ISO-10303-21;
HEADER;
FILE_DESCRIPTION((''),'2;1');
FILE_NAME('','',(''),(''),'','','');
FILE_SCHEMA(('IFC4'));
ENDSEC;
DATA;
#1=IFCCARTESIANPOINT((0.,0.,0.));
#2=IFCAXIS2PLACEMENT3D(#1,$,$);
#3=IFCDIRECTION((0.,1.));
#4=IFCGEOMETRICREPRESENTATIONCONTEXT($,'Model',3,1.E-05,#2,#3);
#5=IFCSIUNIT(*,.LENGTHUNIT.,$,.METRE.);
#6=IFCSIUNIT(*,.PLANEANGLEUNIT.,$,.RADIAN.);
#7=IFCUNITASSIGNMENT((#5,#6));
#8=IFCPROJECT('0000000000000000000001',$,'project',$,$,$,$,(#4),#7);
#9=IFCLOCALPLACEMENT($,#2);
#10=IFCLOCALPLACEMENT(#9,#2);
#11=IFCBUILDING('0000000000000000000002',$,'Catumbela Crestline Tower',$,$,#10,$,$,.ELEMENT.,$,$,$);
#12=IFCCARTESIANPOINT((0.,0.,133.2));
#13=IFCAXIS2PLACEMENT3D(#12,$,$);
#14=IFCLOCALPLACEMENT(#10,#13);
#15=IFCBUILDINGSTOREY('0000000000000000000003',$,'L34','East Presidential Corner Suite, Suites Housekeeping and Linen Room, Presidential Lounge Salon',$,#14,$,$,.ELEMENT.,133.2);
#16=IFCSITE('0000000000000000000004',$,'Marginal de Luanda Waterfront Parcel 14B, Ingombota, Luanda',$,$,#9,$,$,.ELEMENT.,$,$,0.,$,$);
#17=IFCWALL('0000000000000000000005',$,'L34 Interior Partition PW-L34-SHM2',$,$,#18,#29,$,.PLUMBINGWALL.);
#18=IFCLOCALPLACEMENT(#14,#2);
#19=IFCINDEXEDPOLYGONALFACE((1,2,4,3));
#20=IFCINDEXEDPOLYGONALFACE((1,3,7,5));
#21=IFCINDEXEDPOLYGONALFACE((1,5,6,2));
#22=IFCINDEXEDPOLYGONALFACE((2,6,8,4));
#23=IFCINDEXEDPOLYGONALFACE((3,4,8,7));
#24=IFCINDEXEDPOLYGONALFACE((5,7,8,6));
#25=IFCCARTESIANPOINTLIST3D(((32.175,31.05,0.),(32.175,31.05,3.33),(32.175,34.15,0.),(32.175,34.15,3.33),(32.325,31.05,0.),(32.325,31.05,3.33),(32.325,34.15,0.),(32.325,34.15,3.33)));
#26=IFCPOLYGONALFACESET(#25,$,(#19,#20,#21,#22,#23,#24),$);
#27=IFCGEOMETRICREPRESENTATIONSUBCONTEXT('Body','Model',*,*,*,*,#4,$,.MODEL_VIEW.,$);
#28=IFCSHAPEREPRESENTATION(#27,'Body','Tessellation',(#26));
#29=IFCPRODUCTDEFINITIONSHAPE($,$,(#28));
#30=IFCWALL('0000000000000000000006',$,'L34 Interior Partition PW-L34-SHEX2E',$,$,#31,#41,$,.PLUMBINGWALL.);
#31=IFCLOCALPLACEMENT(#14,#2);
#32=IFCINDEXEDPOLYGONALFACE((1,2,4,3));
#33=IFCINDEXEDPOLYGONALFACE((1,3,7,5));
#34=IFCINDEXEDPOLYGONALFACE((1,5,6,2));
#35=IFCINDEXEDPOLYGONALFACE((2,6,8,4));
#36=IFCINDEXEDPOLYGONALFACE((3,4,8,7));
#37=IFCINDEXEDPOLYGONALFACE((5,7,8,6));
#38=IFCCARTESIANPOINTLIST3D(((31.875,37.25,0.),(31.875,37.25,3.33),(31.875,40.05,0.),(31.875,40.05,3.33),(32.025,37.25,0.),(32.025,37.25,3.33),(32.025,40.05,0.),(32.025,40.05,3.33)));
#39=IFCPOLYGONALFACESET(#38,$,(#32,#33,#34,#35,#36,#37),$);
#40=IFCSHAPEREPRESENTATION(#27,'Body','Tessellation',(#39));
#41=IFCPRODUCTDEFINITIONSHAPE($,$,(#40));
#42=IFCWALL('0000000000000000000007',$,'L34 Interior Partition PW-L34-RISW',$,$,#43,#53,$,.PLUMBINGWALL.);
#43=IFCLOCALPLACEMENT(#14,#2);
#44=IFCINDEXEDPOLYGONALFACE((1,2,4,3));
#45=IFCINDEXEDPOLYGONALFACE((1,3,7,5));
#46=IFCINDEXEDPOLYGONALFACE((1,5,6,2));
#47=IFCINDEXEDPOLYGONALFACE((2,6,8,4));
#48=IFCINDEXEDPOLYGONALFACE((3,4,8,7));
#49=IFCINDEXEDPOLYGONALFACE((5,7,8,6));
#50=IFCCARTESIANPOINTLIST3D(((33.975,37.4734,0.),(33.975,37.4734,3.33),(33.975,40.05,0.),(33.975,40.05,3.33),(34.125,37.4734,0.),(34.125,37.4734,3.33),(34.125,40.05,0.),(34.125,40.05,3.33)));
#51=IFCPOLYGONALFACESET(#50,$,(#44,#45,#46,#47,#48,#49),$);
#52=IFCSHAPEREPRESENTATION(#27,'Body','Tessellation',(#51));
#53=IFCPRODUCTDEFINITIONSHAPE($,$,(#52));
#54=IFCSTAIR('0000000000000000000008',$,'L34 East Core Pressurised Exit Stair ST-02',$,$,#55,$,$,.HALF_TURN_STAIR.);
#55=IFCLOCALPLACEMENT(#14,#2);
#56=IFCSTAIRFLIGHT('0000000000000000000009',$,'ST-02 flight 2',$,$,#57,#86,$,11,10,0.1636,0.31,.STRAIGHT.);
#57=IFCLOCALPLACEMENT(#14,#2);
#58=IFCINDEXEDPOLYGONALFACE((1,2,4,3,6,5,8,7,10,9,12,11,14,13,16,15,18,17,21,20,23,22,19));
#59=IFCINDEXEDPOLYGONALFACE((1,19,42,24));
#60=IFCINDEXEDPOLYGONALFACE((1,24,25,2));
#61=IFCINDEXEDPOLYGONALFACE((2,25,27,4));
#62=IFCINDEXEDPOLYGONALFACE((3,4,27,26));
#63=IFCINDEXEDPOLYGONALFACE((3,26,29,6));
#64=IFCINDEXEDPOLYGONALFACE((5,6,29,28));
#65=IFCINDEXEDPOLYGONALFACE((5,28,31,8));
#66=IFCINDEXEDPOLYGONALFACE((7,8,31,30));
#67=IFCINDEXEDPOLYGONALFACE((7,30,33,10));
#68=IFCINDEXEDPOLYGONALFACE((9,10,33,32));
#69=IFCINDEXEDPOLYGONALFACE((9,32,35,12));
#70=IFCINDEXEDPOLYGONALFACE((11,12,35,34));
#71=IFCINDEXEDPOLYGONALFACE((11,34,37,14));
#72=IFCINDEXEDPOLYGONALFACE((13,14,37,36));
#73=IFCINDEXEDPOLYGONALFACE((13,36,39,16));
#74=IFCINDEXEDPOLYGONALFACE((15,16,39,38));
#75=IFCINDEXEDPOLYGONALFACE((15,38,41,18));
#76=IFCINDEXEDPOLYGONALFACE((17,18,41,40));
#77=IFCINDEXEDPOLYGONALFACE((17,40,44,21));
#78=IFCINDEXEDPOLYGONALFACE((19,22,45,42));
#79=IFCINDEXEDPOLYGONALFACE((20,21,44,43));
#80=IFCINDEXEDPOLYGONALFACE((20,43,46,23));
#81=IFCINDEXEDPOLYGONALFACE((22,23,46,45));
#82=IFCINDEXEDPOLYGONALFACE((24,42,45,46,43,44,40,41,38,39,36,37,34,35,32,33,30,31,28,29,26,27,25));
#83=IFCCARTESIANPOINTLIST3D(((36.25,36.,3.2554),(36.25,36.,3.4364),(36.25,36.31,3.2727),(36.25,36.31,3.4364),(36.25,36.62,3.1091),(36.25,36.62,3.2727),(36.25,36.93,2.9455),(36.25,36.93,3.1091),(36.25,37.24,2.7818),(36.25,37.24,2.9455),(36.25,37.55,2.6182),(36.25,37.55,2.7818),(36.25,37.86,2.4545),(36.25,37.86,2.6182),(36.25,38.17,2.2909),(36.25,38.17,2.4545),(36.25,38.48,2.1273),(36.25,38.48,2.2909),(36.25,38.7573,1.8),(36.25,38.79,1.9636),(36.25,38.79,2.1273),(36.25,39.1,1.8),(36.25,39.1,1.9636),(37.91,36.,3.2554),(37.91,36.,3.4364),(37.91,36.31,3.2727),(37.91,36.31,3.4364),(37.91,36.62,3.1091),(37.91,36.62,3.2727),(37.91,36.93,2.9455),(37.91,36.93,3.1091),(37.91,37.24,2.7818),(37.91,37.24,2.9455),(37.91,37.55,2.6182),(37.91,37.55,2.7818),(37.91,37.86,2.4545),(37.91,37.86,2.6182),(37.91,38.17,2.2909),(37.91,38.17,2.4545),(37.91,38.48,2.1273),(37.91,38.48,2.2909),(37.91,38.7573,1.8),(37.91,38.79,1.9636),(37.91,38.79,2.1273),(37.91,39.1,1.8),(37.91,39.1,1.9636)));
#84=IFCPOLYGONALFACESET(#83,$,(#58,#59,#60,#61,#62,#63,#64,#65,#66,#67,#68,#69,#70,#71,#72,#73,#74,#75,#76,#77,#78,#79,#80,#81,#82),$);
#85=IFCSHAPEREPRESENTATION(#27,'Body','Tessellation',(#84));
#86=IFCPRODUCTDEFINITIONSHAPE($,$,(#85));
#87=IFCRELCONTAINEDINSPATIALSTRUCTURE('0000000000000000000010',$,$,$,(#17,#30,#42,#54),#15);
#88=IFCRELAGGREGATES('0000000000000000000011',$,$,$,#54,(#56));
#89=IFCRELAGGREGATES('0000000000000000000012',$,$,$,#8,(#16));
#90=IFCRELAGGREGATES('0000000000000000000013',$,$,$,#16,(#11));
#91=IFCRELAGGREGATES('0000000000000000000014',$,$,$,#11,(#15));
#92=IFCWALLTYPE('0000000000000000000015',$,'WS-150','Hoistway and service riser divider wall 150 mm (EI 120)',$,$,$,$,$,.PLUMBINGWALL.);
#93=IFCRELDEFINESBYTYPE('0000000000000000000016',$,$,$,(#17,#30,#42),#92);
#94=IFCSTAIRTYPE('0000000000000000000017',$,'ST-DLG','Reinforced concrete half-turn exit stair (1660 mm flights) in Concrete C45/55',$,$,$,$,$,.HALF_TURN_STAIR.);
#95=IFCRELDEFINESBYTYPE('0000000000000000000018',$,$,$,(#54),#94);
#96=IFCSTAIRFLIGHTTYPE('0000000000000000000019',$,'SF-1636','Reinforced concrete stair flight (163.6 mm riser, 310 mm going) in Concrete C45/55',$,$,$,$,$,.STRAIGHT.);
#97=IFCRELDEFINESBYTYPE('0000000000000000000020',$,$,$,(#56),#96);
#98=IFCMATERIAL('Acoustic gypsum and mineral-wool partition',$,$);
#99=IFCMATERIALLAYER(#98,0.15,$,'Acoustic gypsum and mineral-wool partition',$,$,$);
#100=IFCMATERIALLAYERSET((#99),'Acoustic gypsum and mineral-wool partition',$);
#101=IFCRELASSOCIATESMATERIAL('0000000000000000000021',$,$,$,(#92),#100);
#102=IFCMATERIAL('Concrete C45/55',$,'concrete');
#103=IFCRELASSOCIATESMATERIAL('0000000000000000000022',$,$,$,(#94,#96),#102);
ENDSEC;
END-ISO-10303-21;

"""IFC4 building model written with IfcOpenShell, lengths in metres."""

from ifc_helpers import new_model, si_unit, direction, frame, frame_2d, origin, place, context, subcontext, project, spatial, polyline, rectangle, outline, extrude, material, layer, layer_set, type_object, element, aggregate, save


model = new_model("IFC4")

# Units and contexts
model_context = context("Model", 3, precision=1e-05, world=origin(), true_north=direction((0.0, 1.0)))
body_context = subcontext(model_context, "Body", "Model", "MODEL_VIEW")
ifc_project = project(units=[si_unit("LENGTHUNIT", "METRE"), si_unit("PLANEANGLEUNIT", "RADIAN")], contexts=[model_context])

# Site, building, storey
site_placement = place(None, origin())
site = spatial("IfcSite", under=ifc_project, at=site_placement, Name="Marginal de Luanda Waterfront Parcel 14B, Ingombota, Luanda", CompositionType="ELEMENT", RefElevation=0.0)
building_placement = place(site_placement, origin())
building = spatial("IfcBuilding", under=site, at=building_placement, Name="Catumbela Crestline Tower", CompositionType="ELEMENT")
storey_placement = place(building_placement, frame((0.0, 0.0, 133.2)))
storey = spatial("IfcBuildingStorey", under=building, at=storey_placement, Name="L34", Description="East Presidential Corner Suite, Suites Housekeeping and Linen Room, Presidential Lounge Salon", CompositionType="ELEMENT", Elevation=133.2)

# Shared definitions
ifc_material_1 = material(Name="Acoustic gypsum and mineral-wool partition")

# Walls
ifc_layer_1 = layer(ifc_material_1, 0.15, Name="Acoustic gypsum and mineral-wool partition")
ifc_layer_set_1 = layer_set([ifc_layer_1], Name="Acoustic gypsum and mineral-wool partition")
wall_type_1 = type_object("IfcWallType", Name="WS-150", Description="Hoistway and service riser divider wall 150 mm (EI 120)", PredefinedType="PLUMBINGWALL", material=ifc_layer_set_1)
wall_1_placement = place(storey_placement, frame((32.25, 31.05, 0.0), z_axis=(0.0, 0.0, 1.0), x_axis=(0.0, 1.0, 0.0)))
element("IfcWall", 1, at=wall_1_placement, inside=storey, type_object=wall_type_1, Name="L34 Interior Partition PW-L34-SHM2", PredefinedType="PLUMBINGWALL", context=body_context, shape_type="SweptSolid", body=[
    extrude(rectangle(XDim=3.1, YDim=0.15, at=frame_2d((1.55, 0.0))), origin(), (0.0, 0.0, 1.0), 3.33),
])
wall_2_placement = place(storey_placement, frame((31.95, 37.25, 0.0), z_axis=(0.0, 0.0, 1.0), x_axis=(0.0, 1.0, 0.0)))
element("IfcWall", 2, at=wall_2_placement, inside=storey, type_object=wall_type_1, Name="L34 Interior Partition PW-L34-SHEX2E", PredefinedType="PLUMBINGWALL", context=body_context, shape_type="SweptSolid", body=[
    extrude(rectangle(XDim=2.8, YDim=0.15, at=frame_2d((1.4, 0.0))), origin(), (0.0, 0.0, 1.0), 3.33),
])
wall_3_placement = place(storey_placement, frame((34.05, 37.4734, 0.0), z_axis=(0.0, 0.0, 1.0), x_axis=(0.0, 1.0, 0.0)))
element("IfcWall", 3, at=wall_3_placement, inside=storey, type_object=wall_type_1, Name="L34 Interior Partition PW-L34-RISW", PredefinedType="PLUMBINGWALL", context=body_context, shape_type="SweptSolid", body=[
    extrude(rectangle(XDim=2.5766, YDim=0.15, at=frame_2d((1.2883, 0.0))), origin(), (0.0, 0.0, 1.0), 3.33),
])

# Stair, stair flight
ifc_material_2 = material(Name="Concrete C45/55", Category="concrete")
stair_type = type_object("IfcStairType", Name="ST-DLG", Description="Reinforced concrete half-turn exit stair (1660 mm flights) in Concrete C45/55", PredefinedType="HALF_TURN_STAIR", material=ifc_material_2)
stair_placement = place(storey_placement, origin())
stair = element("IfcStair", 4, at=stair_placement, inside=storey, type_object=stair_type, Name="L34 East Core Pressurised Exit Stair ST-02", PredefinedType="HALF_TURN_STAIR")
stair_flight_type = type_object("IfcStairFlightType", Name="SF-1636", Description="Reinforced concrete stair flight (163.6 mm riser, 310 mm going) in Concrete C45/55", PredefinedType="STRAIGHT", material=ifc_material_2)
stair_flight_placement = place(storey_placement, frame((37.08, 39.1, 1.8), z_axis=(0.0, 0.0, 1.0), x_axis=(0.0, -1.0, 0.0)))
stair_flight = element("IfcStairFlight", 5, at=stair_flight_placement, type_object=stair_flight_type, Name="ST-02 flight 2", NumberOfRisers=11, NumberOfTreads=10, PredefinedType="STRAIGHT", RiserHeight=0.1636, TreadLength=0.31, context=body_context, shape_type="SweptSolid", body=[
    extrude(outline(polyline([(0.0, 0.0), (0.0, 0.1636), (0.31, 0.1636), (0.31, 0.3273), (0.62, 0.3273), (0.62, 0.4909), (0.93, 0.4909), (0.93, 0.6545), (1.24, 0.6545), (1.24, 0.8182), (1.55, 0.8182), (1.55, 0.9818), (1.86, 0.9818), (1.86, 1.1455), (2.17, 1.1455), (2.17, 1.3091), (2.48, 1.3091), (2.48, 1.4727), (2.79, 1.4727), (2.79, 1.6364), (3.1, 1.6364), (3.1, 1.8), (3.1, 1.4554), (0.3427, 0.0), (0.0, 0.0)])), frame((0.0, 0.83, 0.0), z_axis=(0.0, -1.0, 0.0), x_axis=(1.0, 0.0, 0.0)), (0.0, 0.0, 1.0), 1.66),
])
aggregate(stair, [stair_flight])

save(model, "model.ifc")
